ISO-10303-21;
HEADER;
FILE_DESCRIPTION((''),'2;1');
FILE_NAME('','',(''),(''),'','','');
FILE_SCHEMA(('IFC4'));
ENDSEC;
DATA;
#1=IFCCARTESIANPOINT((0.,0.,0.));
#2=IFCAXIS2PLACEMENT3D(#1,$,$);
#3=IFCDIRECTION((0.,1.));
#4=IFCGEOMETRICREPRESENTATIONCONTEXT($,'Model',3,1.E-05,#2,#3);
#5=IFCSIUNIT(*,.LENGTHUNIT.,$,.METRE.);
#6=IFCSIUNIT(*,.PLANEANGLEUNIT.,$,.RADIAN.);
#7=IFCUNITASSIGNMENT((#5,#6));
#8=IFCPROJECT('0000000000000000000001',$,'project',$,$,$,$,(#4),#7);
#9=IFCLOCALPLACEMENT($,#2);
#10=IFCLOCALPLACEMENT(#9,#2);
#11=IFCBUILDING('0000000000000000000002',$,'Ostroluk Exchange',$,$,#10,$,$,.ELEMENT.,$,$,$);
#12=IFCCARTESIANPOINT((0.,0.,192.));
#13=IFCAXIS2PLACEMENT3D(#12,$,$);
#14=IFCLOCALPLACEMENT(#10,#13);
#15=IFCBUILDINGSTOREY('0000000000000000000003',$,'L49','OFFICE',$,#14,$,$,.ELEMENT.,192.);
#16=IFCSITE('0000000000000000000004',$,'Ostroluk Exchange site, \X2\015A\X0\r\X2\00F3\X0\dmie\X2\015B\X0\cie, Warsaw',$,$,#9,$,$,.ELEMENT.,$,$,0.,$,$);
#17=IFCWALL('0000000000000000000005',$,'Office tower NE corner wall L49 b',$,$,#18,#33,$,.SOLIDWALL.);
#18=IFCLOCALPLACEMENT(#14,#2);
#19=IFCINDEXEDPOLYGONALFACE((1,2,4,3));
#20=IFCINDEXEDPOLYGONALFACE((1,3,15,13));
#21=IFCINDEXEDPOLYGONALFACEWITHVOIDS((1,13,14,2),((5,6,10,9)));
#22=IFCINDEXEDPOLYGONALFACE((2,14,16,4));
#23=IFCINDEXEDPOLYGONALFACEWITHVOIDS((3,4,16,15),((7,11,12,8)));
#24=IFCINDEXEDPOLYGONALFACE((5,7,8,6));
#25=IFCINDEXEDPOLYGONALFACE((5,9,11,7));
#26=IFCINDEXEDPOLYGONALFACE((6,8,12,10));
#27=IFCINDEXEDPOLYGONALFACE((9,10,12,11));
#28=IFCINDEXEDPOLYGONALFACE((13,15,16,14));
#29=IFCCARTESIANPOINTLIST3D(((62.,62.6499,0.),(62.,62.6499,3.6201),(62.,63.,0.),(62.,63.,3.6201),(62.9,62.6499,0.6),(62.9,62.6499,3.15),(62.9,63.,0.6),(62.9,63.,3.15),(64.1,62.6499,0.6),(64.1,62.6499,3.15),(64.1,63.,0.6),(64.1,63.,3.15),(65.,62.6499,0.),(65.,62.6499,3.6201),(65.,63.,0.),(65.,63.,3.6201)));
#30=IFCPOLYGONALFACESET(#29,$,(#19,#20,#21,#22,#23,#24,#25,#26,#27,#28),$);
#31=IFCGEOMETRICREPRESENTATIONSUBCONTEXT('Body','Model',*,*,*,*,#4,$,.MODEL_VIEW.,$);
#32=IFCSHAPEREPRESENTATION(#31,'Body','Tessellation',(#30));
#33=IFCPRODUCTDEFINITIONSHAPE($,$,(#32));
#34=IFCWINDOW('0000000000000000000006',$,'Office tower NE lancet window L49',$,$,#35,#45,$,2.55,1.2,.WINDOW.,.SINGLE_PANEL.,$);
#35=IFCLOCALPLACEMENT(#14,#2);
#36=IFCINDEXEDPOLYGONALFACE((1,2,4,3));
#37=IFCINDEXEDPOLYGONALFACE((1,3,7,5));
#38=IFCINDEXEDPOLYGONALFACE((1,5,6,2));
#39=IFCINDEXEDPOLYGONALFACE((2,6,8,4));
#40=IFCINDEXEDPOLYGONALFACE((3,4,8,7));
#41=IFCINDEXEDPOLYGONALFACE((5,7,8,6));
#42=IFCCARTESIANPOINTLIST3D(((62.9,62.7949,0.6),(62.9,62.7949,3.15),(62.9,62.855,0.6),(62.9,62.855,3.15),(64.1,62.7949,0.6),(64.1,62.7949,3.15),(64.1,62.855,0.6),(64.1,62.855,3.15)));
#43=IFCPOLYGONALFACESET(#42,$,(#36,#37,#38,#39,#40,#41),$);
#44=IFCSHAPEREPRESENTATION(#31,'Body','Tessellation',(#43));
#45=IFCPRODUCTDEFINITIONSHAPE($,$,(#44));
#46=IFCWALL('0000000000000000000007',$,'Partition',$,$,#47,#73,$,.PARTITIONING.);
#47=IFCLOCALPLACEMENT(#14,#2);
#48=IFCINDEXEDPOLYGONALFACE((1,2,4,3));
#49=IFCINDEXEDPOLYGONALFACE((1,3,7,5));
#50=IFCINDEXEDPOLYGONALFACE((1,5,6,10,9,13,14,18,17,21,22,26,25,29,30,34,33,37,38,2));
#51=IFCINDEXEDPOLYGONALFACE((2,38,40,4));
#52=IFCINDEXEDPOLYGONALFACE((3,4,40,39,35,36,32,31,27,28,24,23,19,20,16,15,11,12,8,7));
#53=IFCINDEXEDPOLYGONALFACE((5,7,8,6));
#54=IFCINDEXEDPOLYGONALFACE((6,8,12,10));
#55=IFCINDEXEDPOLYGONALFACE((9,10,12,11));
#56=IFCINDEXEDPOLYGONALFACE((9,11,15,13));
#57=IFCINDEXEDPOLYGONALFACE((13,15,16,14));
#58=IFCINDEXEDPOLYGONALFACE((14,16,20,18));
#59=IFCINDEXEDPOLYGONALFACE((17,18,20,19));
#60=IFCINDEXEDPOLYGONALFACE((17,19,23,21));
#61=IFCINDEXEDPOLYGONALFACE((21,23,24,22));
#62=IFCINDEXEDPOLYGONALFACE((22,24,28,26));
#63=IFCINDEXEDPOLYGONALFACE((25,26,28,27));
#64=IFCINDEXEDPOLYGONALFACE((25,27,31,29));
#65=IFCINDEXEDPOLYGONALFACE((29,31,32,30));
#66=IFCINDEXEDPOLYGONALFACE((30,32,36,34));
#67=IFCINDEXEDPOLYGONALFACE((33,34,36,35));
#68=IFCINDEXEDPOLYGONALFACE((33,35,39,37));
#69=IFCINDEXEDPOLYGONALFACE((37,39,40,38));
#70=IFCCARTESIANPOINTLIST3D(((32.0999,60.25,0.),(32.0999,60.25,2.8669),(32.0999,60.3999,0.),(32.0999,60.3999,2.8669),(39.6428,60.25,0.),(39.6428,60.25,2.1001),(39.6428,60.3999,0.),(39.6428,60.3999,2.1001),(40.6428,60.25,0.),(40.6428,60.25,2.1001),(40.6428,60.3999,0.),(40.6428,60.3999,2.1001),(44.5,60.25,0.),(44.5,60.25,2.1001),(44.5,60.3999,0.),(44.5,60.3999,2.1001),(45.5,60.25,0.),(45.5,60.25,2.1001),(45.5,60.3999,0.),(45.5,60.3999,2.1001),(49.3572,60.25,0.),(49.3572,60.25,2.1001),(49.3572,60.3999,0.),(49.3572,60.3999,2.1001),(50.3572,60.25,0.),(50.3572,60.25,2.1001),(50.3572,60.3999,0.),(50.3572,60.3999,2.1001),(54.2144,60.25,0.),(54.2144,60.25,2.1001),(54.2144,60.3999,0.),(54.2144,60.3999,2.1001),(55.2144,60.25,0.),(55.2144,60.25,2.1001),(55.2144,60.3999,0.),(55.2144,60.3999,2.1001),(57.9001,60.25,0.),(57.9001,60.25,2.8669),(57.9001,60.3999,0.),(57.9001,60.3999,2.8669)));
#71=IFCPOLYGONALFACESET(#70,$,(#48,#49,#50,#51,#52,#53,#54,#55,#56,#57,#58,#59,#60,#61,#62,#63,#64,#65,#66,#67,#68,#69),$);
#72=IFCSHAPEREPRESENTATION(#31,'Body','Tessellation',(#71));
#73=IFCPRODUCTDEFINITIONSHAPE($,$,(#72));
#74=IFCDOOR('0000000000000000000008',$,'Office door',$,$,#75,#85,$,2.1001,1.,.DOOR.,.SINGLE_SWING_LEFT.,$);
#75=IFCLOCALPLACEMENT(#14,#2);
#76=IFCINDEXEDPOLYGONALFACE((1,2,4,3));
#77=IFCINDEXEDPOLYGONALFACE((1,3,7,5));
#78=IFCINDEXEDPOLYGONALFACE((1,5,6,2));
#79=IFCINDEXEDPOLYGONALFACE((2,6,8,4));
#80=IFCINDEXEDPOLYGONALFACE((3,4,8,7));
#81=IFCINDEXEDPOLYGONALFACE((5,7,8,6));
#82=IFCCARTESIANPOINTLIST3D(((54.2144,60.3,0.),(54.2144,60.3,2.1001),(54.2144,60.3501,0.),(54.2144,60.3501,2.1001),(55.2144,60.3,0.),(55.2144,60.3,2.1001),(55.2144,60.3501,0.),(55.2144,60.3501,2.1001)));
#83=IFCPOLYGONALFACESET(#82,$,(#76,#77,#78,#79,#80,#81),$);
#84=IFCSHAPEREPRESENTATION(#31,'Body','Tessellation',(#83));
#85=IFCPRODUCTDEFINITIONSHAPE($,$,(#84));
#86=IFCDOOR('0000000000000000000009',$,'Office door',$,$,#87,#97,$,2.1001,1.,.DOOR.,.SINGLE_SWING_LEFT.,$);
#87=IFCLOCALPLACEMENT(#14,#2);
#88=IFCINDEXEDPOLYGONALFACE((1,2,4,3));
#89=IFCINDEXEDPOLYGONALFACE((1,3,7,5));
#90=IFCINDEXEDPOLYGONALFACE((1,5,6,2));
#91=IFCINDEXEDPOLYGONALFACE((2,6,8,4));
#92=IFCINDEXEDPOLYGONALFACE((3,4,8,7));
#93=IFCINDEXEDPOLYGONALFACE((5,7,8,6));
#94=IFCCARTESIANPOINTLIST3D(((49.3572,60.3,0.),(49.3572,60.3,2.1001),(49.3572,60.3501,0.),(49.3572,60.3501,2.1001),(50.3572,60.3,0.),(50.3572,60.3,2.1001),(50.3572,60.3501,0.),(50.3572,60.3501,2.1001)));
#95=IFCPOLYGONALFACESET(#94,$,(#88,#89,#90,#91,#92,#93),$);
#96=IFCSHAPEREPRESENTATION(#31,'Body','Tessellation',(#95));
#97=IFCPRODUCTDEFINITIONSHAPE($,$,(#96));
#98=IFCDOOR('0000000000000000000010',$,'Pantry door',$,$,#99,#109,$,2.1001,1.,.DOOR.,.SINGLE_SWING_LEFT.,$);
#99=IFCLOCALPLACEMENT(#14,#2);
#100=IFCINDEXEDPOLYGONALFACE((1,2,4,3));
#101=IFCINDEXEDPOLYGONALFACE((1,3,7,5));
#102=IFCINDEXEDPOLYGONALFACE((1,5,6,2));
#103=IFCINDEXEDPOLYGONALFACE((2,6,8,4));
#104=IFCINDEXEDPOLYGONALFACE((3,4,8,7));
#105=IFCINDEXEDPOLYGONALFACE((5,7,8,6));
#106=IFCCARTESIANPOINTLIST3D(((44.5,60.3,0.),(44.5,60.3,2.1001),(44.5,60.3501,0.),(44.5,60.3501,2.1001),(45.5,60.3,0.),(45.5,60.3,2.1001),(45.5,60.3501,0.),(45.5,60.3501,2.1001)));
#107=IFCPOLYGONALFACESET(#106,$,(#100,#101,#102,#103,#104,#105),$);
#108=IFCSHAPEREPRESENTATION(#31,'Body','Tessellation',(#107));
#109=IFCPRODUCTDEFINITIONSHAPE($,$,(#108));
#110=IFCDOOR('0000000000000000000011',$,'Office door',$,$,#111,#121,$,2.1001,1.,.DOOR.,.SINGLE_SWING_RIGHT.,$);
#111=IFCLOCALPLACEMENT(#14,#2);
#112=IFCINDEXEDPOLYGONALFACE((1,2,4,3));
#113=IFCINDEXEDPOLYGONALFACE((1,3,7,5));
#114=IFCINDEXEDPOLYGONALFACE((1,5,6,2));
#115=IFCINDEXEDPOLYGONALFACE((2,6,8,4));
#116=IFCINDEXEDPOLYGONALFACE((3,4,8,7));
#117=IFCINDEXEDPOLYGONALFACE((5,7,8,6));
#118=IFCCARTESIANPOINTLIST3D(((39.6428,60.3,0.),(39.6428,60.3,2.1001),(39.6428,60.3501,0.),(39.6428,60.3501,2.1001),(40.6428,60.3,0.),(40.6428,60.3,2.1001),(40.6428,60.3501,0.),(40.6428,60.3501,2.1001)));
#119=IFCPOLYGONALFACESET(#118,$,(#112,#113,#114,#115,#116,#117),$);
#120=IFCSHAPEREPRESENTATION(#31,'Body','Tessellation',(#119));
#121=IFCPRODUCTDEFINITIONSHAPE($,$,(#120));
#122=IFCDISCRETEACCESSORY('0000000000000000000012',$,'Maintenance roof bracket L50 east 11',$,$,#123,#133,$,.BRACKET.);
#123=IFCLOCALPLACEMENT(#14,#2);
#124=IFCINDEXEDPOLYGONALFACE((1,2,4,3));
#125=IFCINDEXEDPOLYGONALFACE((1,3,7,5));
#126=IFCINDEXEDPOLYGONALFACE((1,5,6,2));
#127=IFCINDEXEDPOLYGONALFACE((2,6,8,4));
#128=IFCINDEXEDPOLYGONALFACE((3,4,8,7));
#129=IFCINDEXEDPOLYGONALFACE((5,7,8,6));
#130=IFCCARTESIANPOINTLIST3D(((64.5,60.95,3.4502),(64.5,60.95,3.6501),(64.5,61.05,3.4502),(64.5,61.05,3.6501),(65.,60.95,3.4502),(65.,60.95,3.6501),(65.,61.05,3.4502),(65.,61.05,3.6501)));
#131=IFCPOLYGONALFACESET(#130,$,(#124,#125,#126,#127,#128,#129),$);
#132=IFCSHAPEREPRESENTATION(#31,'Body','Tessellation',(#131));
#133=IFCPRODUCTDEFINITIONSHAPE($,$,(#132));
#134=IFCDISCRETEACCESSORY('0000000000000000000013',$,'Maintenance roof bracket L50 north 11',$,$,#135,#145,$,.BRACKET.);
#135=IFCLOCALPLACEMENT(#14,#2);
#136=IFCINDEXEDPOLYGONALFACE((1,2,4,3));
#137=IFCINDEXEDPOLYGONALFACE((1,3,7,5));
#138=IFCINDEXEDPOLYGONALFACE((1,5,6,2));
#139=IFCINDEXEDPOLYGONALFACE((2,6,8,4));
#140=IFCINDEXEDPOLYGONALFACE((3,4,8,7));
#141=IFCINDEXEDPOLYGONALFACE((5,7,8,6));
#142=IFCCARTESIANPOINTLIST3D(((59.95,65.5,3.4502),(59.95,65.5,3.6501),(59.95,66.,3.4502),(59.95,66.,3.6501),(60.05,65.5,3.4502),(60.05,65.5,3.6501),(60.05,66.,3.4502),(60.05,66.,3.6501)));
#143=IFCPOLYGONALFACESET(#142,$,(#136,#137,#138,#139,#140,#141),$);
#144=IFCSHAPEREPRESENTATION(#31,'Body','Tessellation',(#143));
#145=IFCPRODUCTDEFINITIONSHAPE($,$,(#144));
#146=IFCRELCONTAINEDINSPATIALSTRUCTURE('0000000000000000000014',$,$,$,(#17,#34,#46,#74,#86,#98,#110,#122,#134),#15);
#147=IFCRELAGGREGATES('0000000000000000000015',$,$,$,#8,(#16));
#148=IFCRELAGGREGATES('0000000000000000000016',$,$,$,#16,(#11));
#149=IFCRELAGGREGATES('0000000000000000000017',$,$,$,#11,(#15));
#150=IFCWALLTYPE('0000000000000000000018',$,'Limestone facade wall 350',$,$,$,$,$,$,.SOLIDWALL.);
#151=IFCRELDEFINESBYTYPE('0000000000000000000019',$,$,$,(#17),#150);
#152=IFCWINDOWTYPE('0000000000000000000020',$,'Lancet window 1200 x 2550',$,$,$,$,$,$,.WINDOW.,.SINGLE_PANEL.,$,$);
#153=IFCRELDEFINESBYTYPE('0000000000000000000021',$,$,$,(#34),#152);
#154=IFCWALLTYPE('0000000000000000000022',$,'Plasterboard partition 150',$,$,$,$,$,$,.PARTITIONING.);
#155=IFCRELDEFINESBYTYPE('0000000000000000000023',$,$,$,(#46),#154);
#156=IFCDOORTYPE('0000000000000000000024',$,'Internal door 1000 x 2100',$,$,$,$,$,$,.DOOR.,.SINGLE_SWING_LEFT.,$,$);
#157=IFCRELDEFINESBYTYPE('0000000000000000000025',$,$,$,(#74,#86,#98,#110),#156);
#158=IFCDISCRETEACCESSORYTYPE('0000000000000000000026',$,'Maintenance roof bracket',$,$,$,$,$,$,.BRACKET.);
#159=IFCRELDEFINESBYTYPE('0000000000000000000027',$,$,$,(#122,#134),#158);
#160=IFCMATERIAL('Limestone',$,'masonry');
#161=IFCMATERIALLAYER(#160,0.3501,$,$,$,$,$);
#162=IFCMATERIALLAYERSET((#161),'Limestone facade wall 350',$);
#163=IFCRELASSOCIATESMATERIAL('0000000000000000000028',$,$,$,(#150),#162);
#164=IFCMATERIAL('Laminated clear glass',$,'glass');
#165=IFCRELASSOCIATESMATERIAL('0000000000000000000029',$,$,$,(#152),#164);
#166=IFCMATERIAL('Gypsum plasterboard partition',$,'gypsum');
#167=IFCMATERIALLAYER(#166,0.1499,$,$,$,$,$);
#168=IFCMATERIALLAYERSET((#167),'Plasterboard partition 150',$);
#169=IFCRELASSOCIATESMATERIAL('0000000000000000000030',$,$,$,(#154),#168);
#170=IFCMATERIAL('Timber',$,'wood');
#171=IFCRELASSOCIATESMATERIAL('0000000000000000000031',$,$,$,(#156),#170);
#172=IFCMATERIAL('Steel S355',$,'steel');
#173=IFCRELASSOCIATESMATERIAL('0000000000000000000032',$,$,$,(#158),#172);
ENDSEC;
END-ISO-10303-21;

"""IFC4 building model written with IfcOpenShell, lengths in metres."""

from ifc_helpers import new_model, si_unit, direction, frame, frame_2d, origin, origin_2d, place, context, subcontext, project, spatial, rectangle, extrude, material, layer, layer_set, type_object, element, fill, save


model = new_model("IFC4")

# Units and contexts
model_context = context("Model", 3, precision=1e-05, world=origin(), true_north=direction((0.0, 1.0)))
body_context = subcontext(model_context, "Body", "Model", "MODEL_VIEW")
ifc_project = project(units=[si_unit("LENGTHUNIT", "METRE"), si_unit("PLANEANGLEUNIT", "RADIAN")], contexts=[model_context])

# Site, building, storey
site_placement = place(None, origin())
site = spatial("IfcSite", under=ifc_project, at=site_placement, Name="Ostroluk Exchange site, Śródmieście, Warsaw", CompositionType="ELEMENT", RefElevation=0.0)
building_placement = place(site_placement, origin())
building = spatial("IfcBuilding", under=site, at=building_placement, Name="Ostroluk Exchange", CompositionType="ELEMENT")
storey_placement = place(building_placement, frame((0.0, 0.0, 192.0)))
storey = spatial("IfcBuildingStorey", under=building, at=storey_placement, Name="L49", Description="OFFICE", CompositionType="ELEMENT", Elevation=192.0)

# Shared definitions
ifc_material_1 = material(Name="Limestone", Category="masonry")
ifc_layer_1 = layer(ifc_material_1, 0.3501)
ifc_layer_set_1 = layer_set([ifc_layer_1], Name="Limestone facade wall 350")
wall_type_1 = type_object("IfcWallType", Name="Limestone facade wall 350", PredefinedType="SOLIDWALL", material=ifc_layer_set_1)

# Wall, opening, window
wall_1_placement = place(storey_placement, frame((62.0, 62.825, 0.0), z_axis=(0.0, 0.0, 1.0), x_axis=(1.0, 0.0, 0.0)))
wall_1 = element("IfcWall", 1, at=wall_1_placement, inside=storey, type_object=wall_type_1, Name="Office tower NE corner wall L49 b", PredefinedType="SOLIDWALL", context=body_context, shape_type="SweptSolid", body=[
    extrude(rectangle(XDim=3.0, YDim=0.3501, at=frame_2d((1.5, 0.0))), origin(), (0.0, 0.0, 1.0), 3.6201),
])
opening_1_placement = place(wall_1_placement, frame((0.8999, 0.0, 0.6001)))
opening_1 = element("IfcOpeningElement", 2, at=opening_1_placement, cuts=wall_1, PredefinedType="OPENING", context=body_context, shape_type="SweptSolid", body=[
    extrude(rectangle(XDim=1.2, YDim=2.55, at=frame_2d((0.6001, 1.2749))), frame((0.0, 0.1851, 0.0), z_axis=(0.0, -1.0, 0.0), x_axis=(1.0, 0.0, 0.0)), (0.0, 0.0, 1.0), 0.3701),
])
ifc_material_2 = material(Name="Laminated clear glass", Category="glass")
window_type = type_object("IfcWindowType", Name="Lancet window 1200 x 2550", PartitioningType="SINGLE_PANEL", PredefinedType="WINDOW", material=ifc_material_2)
window_placement = place(opening_1_placement, origin())
window = element("IfcWindow", 3, at=window_placement, inside=storey, type_object=window_type, Name="Office tower NE lancet window L49", OverallHeight=2.55, OverallWidth=1.2, PartitioningType="SINGLE_PANEL", PredefinedType="WINDOW", context=body_context, shape_type="SweptSolid", body=[
    extrude(rectangle(XDim=1.2, YDim=2.55, at=frame_2d((0.6001, 1.2749))), frame((0.0, 0.03, 0.0), z_axis=(0.0, -1.0, 0.0), x_axis=(1.0, 0.0, 0.0)), (0.0, 0.0, 1.0), 0.0601),
])
fill(opening_1, window)

# Wall, openings, doors
ifc_material_3 = material(Name="Gypsum plasterboard partition", Category="gypsum")
ifc_layer_2 = layer(ifc_material_3, 0.1499)
ifc_layer_set_2 = layer_set([ifc_layer_2], Name="Plasterboard partition 150")
wall_type_2 = type_object("IfcWallType", Name="Plasterboard partition 150", PredefinedType="PARTITIONING", material=ifc_layer_set_2)
wall_2_placement = place(storey_placement, frame((57.9001, 60.325, 0.0), z_axis=(0.0, 0.0, 1.0), x_axis=(-1.0, 0.0, 0.0)))
wall_2 = element("IfcWall", 4, at=wall_2_placement, inside=storey, type_object=wall_type_2, Name="Partition", PredefinedType="PARTITIONING", context=body_context, shape_type="SweptSolid", body=[
    extrude(rectangle(XDim=25.8003, YDim=0.1499, at=frame_2d((12.9001, 0.0))), origin(), (0.0, 0.0, 1.0), 2.8669),
])
opening_2_placement = place(wall_2_placement, frame((2.6858, 0.0, 0.0)))
opening_2 = element("IfcOpeningElement", 5, at=opening_2_placement, cuts=wall_2, PredefinedType="OPENING", context=body_context, shape_type="SweptSolid", body=[
    extrude(rectangle(XDim=1.0, YDim=2.1001, at=frame_2d((0.5, 1.05))), frame((0.0, 0.085, 0.0), z_axis=(0.0, -1.0, 0.0), x_axis=(1.0, 0.0, 0.0)), (0.0, 0.0, 1.0), 0.1699),
])
opening_3_placement = place(wall_2_placement, frame((7.543, 0.0, 0.0)))
opening_3 = element("IfcOpeningElement", 6, at=opening_3_placement, cuts=wall_2, PredefinedType="OPENING", context=body_context, shape_type="SweptSolid", body=[
    extrude(rectangle(XDim=1.0, YDim=2.1001, at=frame_2d((0.5, 1.05))), frame((0.0, 0.085, 0.0), z_axis=(0.0, -1.0, 0.0), x_axis=(1.0, 0.0, 0.0)), (0.0, 0.0, 1.0), 0.1699),
])
opening_4_placement = place(wall_2_placement, frame((12.4001, 0.0, 0.0)))
opening_4 = element("IfcOpeningElement", 7, at=opening_4_placement, cuts=wall_2, PredefinedType="OPENING", context=body_context, shape_type="SweptSolid", body=[
    extrude(rectangle(XDim=1.0, YDim=2.1001, at=frame_2d((0.5, 1.05))), frame((0.0, 0.085, 0.0), z_axis=(0.0, -1.0, 0.0), x_axis=(1.0, 0.0, 0.0)), (0.0, 0.0, 1.0), 0.1699),
])
opening_5_placement = place(wall_2_placement, frame((17.2573, 0.0, 0.0)))
opening_5 = element("IfcOpeningElement", 8, at=opening_5_placement, cuts=wall_2, PredefinedType="OPENING", context=body_context, shape_type="SweptSolid", body=[
    extrude(rectangle(XDim=1.0, YDim=2.1001, at=frame_2d((0.5, 1.05))), frame((0.0, 0.085, 0.0), z_axis=(0.0, -1.0, 0.0), x_axis=(1.0, 0.0, 0.0)), (0.0, 0.0, 1.0), 0.1699),
])
ifc_material_4 = material(Name="Timber", Category="wood")
door_type_1 = type_object("IfcDoorType", Name="Internal door 1000 x 2100", OperationType="SINGLE_SWING_LEFT", PredefinedType="DOOR", material=ifc_material_4)
door_1_placement = place(opening_2_placement, origin())
door_1 = element("IfcDoor", 9, at=door_1_placement, inside=storey, type_object=door_type_1, Name="Office door", OperationType="SINGLE_SWING_LEFT", OverallHeight=2.1001, OverallWidth=1.0, PredefinedType="DOOR", context=body_context, shape_type="SweptSolid", body=[
    extrude(rectangle(XDim=1.0, YDim=2.1001, at=frame_2d((0.5, 1.05))), frame((0.0, 0.0249, 0.0), z_axis=(0.0, -1.0, 0.0), x_axis=(1.0, 0.0, 0.0)), (0.0, 0.0, 1.0), 0.05),
])
fill(opening_2, door_1)
door_2_placement = place(opening_3_placement, origin())
door_2 = element("IfcDoor", 10, at=door_2_placement, inside=storey, type_object=door_type_1, Name="Office door", OperationType="SINGLE_SWING_LEFT", OverallHeight=2.1001, OverallWidth=1.0, PredefinedType="DOOR", context=body_context, shape_type="SweptSolid", body=[
    extrude(rectangle(XDim=1.0, YDim=2.1001, at=frame_2d((0.5, 1.05))), frame((0.0, 0.0249, 0.0), z_axis=(0.0, -1.0, 0.0), x_axis=(1.0, 0.0, 0.0)), (0.0, 0.0, 1.0), 0.05),
])
fill(opening_3, door_2)
door_3_placement = place(opening_4_placement, origin())
door_3 = element("IfcDoor", 11, at=door_3_placement, inside=storey, type_object=door_type_1, Name="Pantry door", OperationType="SINGLE_SWING_LEFT", OverallHeight=2.1001, OverallWidth=1.0, PredefinedType="DOOR", context=body_context, shape_type="SweptSolid", body=[
    extrude(rectangle(XDim=1.0, YDim=2.1001, at=frame_2d((0.5, 1.05))), frame((0.0, 0.0249, 0.0), z_axis=(0.0, -1.0, 0.0), x_axis=(1.0, 0.0, 0.0)), (0.0, 0.0, 1.0), 0.05),
])
fill(opening_4, door_3)
door_4_placement = place(opening_5_placement, origin())
door_4 = element("IfcDoor", 12, at=door_4_placement, inside=storey, type_object=door_type_1, Name="Office door", OperationType="SINGLE_SWING_RIGHT", OverallHeight=2.1001, OverallWidth=1.0, PredefinedType="DOOR", context=body_context, shape_type="SweptSolid", body=[
    extrude(rectangle(XDim=1.0, YDim=2.1001, at=frame_2d((0.5, 1.05))), frame((0.0, 0.0249, 0.0), z_axis=(0.0, -1.0, 0.0), x_axis=(1.0, 0.0, 0.0)), (0.0, 0.0, 1.0), 0.05),
])
fill(opening_5, door_4)

# Discrete accessories
ifc_material_5 = material(Name="Steel S355", Category="steel")
discrete_accessory_type = type_object("IfcDiscreteAccessoryType", Name="Maintenance roof bracket", PredefinedType="BRACKET", material=ifc_material_5)
discrete_accessory_1_placement = place(storey_placement, frame((64.75, 61.0, 3.4502), z_axis=(0.0, 0.0, 1.0), x_axis=(1.0, 0.0, 0.0)))
element("IfcDiscreteAccessory", 13, at=discrete_accessory_1_placement, inside=storey, type_object=discrete_accessory_type, Name="Maintenance roof bracket L50 east 11", PredefinedType="BRACKET", context=body_context, shape_type="SweptSolid", body=[
    extrude(rectangle(XDim=0.5, YDim=0.1001, at=origin_2d()), origin(), (0.0, 0.0, 1.0), 0.2),
])
discrete_accessory_2_placement = place(storey_placement, frame((60.0, 65.75, 3.4502), z_axis=(0.0, 0.0, 1.0), x_axis=(1.0, 0.0, 0.0)))
element("IfcDiscreteAccessory", 14, at=discrete_accessory_2_placement, inside=storey, type_object=discrete_accessory_type, Name="Maintenance roof bracket L50 north 11", PredefinedType="BRACKET", context=body_context, shape_type="SweptSolid", body=[
    extrude(rectangle(XDim=0.1001, YDim=0.5, at=origin_2d()), origin(), (0.0, 0.0, 1.0), 0.2),
])

save(model, "model.ifc")
